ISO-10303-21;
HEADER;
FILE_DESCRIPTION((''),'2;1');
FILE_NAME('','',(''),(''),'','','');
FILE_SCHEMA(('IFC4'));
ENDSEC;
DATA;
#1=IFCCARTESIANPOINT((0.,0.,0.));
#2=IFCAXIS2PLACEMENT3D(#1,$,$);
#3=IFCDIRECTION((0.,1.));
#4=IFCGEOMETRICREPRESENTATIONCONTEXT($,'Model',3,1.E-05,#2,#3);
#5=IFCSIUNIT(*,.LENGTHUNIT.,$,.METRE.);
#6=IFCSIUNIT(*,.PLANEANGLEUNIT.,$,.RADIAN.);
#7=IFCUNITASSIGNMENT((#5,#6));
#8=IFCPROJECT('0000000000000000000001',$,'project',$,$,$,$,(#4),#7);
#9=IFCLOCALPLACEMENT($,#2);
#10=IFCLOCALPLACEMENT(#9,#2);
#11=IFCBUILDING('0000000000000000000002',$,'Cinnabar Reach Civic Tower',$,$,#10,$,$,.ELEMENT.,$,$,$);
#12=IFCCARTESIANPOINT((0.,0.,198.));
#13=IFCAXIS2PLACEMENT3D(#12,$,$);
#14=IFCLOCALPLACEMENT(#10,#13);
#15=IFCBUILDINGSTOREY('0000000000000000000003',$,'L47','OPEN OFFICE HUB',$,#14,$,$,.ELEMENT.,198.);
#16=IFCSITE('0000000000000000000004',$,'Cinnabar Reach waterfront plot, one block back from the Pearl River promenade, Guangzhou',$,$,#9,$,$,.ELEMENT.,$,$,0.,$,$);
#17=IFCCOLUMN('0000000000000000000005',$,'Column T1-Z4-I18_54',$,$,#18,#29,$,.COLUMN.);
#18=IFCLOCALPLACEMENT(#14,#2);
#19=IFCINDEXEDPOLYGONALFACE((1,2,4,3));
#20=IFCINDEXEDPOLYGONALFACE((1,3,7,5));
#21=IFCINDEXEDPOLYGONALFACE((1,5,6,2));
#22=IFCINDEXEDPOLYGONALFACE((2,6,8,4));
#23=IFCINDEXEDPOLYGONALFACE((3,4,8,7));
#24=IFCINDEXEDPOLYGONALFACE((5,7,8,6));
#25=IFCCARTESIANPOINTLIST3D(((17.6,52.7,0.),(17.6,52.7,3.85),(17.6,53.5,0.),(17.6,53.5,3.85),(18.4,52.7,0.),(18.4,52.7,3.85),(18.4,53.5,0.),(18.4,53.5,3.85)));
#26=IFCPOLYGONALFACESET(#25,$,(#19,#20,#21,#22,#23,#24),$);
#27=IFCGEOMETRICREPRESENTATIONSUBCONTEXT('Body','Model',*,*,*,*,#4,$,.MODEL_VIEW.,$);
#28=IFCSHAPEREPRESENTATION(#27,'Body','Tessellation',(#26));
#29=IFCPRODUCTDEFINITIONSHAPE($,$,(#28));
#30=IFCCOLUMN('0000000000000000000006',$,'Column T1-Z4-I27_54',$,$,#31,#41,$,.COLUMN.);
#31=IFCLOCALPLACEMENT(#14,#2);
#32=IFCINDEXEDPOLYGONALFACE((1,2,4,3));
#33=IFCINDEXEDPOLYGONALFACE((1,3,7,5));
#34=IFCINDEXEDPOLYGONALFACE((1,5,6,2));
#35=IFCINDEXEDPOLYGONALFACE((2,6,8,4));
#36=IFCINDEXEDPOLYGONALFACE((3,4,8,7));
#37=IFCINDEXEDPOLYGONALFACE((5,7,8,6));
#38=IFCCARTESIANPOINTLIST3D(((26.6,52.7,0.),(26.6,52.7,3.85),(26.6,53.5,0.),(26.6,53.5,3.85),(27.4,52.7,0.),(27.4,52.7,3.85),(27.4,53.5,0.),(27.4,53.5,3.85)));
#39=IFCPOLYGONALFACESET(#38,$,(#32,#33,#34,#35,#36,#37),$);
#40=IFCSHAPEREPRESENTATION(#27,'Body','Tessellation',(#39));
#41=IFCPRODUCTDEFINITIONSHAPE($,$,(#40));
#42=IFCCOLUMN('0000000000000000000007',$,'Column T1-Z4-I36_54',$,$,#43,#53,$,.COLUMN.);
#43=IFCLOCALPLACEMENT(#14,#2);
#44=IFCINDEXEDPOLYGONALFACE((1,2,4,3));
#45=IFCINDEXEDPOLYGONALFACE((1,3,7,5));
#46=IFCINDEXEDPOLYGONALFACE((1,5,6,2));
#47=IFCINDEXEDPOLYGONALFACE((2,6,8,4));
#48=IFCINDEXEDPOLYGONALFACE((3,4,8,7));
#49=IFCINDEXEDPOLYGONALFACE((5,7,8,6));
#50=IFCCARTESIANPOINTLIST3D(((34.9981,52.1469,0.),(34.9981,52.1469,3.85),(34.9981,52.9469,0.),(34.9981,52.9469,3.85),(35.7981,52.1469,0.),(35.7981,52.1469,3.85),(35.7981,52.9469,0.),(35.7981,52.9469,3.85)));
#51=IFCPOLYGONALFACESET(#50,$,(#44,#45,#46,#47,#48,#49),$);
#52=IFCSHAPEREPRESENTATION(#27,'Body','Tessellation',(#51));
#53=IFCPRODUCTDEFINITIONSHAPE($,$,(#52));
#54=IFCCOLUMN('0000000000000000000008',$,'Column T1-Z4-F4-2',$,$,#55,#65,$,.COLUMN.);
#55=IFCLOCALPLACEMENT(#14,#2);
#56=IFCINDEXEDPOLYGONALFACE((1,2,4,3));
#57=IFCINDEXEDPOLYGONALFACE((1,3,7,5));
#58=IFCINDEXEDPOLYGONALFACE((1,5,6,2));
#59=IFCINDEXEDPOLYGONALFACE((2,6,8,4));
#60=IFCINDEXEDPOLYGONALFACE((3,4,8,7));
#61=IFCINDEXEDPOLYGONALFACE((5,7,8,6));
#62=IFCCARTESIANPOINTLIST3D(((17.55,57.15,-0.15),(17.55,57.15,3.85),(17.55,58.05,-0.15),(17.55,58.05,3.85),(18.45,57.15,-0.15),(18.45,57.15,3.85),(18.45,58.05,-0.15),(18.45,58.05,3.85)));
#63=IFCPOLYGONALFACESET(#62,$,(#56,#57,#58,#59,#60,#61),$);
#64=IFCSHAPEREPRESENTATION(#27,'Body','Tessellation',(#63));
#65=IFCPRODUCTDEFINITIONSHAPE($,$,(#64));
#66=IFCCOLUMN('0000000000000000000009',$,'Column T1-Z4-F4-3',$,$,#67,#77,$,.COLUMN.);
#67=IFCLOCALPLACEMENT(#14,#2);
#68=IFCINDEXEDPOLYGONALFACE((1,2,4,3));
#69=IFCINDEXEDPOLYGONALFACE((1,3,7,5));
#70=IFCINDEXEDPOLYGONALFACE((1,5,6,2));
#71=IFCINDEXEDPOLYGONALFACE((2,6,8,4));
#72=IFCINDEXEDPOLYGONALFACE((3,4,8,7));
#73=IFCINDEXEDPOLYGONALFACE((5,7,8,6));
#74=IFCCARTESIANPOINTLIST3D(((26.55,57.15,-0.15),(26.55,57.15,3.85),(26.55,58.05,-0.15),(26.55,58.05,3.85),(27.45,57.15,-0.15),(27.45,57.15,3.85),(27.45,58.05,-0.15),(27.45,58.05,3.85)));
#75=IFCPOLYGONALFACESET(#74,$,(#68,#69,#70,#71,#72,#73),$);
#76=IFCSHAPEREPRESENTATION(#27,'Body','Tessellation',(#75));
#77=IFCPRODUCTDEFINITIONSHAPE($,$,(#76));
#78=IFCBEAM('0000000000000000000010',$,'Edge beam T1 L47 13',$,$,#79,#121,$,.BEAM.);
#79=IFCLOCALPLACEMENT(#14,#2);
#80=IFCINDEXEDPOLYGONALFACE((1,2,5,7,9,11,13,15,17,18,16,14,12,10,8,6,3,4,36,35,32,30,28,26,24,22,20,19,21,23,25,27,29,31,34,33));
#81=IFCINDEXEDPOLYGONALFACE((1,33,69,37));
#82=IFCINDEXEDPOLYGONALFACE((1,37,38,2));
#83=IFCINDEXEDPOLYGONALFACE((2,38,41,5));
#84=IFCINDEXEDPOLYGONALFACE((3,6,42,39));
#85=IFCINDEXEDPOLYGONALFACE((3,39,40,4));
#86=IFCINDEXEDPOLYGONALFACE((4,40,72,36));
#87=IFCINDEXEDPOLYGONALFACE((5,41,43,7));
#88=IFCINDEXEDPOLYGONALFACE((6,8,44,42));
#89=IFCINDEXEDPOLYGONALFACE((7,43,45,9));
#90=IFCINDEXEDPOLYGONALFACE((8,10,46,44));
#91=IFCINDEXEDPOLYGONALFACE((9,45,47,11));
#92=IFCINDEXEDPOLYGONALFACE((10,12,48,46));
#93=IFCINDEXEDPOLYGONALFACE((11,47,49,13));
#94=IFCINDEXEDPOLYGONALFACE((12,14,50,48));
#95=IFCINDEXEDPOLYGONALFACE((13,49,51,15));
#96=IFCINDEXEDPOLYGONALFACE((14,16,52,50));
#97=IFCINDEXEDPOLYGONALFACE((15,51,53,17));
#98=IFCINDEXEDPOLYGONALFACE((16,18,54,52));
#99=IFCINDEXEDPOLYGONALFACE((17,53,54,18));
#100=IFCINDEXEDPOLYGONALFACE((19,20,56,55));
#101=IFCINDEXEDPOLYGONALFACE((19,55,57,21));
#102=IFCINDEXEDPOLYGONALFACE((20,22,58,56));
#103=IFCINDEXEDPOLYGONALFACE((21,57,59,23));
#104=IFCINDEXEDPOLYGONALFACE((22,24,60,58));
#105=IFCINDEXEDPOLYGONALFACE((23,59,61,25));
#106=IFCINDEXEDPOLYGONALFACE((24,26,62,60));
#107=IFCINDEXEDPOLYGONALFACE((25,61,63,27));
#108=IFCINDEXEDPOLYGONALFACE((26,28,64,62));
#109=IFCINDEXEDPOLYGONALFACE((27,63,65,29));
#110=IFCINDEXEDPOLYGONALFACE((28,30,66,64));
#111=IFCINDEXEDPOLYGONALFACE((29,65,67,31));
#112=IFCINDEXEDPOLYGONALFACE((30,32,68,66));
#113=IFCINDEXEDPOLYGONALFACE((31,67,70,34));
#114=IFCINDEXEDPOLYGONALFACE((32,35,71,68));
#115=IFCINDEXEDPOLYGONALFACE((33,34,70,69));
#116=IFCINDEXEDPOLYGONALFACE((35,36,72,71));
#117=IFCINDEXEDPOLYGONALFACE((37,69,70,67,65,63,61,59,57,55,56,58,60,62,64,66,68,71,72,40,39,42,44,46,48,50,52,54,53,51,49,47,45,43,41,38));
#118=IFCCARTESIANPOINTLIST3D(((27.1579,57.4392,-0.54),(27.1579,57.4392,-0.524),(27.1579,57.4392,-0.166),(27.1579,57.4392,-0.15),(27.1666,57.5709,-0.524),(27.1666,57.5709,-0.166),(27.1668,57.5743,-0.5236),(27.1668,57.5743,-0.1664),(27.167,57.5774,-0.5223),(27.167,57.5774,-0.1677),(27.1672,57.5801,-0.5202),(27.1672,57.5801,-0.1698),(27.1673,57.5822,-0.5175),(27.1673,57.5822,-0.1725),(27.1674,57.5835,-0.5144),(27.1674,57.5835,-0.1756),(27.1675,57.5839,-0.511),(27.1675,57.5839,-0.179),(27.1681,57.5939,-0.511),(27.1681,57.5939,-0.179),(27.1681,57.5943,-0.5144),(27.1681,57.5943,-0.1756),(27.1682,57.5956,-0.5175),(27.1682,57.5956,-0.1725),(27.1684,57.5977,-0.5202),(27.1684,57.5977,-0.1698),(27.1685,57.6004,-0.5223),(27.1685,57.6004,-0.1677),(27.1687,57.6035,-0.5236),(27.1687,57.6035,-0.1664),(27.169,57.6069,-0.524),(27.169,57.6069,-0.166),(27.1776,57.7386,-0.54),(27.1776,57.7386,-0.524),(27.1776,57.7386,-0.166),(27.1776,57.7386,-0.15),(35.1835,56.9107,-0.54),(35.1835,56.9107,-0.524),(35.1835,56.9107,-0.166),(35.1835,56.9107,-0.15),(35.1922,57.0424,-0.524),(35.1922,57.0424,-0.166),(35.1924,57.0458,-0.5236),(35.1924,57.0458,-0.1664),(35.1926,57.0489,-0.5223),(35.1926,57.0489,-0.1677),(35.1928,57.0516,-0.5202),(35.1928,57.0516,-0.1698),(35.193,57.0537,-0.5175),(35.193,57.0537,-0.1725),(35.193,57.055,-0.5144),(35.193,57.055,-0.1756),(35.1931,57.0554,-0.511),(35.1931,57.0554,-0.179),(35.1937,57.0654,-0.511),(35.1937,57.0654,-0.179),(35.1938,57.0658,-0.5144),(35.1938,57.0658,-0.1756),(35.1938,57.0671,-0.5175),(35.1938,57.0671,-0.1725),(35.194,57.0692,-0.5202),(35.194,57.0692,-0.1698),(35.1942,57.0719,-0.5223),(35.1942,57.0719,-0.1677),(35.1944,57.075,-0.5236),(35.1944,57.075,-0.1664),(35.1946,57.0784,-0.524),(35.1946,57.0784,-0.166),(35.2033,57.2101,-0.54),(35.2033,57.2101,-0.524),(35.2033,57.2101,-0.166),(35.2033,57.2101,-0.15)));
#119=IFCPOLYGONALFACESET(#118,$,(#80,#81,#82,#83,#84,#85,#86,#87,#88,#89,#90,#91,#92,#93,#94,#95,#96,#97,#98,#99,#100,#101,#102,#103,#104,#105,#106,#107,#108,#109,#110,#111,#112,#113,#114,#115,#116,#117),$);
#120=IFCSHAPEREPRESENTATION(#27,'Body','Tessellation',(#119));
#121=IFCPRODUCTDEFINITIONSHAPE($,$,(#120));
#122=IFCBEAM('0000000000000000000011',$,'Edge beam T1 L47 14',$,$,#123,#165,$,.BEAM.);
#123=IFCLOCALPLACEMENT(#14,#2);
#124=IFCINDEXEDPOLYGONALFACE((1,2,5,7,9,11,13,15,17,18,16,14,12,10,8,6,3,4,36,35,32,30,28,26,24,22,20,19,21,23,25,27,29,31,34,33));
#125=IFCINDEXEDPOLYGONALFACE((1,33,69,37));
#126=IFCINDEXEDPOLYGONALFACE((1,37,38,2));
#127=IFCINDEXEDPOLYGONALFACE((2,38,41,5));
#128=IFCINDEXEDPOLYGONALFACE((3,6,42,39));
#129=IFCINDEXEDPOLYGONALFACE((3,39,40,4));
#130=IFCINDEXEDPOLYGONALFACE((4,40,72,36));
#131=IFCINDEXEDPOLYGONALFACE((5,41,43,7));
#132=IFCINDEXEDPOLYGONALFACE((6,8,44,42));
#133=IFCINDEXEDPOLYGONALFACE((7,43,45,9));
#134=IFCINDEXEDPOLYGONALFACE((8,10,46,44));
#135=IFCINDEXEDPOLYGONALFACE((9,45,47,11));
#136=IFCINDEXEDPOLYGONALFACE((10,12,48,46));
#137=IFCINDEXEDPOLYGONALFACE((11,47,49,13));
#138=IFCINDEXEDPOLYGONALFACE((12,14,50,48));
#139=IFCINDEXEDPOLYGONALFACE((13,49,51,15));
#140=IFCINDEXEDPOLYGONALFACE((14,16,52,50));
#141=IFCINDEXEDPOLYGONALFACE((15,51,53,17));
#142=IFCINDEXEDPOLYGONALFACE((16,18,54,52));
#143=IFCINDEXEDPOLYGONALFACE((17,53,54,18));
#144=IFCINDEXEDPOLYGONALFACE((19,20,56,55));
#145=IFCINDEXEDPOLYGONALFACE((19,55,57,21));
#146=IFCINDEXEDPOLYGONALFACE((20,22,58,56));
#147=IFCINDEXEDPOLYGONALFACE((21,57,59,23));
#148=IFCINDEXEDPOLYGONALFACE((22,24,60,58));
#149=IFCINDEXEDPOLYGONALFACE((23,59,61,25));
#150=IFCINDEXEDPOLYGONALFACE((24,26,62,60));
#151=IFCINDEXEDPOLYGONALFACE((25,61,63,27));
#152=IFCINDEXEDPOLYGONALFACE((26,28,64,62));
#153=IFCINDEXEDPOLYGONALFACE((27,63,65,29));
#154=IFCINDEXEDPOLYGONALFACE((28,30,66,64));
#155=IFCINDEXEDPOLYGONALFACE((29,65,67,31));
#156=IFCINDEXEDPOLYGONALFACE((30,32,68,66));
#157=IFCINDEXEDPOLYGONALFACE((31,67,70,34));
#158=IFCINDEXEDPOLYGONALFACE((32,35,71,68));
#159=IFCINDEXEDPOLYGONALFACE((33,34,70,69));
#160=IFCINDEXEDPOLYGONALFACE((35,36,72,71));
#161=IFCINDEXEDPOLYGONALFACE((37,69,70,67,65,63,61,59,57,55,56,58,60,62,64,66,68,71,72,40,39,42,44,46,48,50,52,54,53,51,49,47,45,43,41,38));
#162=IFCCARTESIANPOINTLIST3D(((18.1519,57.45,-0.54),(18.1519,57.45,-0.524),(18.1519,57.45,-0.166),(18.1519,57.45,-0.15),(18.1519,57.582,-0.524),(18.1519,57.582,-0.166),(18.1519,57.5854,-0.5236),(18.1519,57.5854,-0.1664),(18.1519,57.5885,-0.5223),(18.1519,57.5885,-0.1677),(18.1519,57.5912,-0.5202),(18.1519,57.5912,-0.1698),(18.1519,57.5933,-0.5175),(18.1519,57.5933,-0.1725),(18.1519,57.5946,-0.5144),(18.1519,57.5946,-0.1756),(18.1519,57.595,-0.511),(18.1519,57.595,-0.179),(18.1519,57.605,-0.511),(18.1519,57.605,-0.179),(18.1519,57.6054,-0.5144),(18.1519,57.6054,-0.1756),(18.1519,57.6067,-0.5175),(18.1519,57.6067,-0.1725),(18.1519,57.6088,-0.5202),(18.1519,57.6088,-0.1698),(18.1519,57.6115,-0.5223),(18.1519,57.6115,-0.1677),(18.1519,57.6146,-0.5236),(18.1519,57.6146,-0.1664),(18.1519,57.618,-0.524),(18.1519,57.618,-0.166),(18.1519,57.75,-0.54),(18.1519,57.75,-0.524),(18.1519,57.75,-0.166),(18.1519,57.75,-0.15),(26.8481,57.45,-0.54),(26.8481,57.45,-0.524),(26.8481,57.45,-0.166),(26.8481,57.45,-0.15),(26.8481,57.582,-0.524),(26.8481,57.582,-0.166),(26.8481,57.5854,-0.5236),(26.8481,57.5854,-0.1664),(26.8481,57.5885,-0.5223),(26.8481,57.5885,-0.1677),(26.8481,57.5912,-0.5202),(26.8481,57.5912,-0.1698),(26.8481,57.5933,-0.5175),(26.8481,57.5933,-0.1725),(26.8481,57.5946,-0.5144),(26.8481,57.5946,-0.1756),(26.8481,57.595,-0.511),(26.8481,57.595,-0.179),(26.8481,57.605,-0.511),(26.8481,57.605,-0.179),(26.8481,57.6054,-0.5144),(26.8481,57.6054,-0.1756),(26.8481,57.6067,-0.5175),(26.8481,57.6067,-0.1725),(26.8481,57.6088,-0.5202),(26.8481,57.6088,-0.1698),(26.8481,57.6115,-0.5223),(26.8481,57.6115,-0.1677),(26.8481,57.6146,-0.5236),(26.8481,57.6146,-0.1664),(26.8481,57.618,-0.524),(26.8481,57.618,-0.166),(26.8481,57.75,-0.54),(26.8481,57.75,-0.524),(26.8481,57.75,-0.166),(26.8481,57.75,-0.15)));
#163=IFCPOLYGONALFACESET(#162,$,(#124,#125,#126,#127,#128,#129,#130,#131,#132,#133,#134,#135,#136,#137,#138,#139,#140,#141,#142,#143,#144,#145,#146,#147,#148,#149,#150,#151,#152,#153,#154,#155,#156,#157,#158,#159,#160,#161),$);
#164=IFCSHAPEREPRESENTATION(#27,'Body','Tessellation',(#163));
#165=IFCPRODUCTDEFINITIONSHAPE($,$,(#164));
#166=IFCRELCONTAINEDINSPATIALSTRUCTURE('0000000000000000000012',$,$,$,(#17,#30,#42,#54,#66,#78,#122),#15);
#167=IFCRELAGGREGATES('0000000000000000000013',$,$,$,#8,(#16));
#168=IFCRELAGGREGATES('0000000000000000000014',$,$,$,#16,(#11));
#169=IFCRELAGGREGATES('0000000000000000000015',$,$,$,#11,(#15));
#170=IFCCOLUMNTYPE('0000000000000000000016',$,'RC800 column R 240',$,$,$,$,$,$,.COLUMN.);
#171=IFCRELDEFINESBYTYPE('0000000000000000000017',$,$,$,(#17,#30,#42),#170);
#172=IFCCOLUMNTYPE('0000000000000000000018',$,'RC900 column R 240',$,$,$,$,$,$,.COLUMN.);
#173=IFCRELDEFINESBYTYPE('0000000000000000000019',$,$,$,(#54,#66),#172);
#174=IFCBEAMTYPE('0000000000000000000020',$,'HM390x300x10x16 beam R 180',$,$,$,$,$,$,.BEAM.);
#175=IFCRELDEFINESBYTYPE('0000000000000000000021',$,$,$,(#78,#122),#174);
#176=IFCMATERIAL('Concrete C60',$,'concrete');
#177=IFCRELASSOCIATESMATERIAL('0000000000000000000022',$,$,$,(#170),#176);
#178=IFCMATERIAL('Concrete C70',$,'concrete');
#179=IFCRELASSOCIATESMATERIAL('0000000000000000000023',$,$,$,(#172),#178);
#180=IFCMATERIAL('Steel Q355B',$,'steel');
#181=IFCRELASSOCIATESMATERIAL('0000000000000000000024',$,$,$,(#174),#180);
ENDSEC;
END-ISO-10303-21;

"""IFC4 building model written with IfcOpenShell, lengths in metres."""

from ifc_helpers import new_model, si_unit, direction, frame, origin, origin_2d, place, context, subcontext, project, spatial, rectangle, i_section, extrude, material, material_profile, profile_set, type_object, element, save


model = new_model("IFC4")

# Units and contexts
model_context = context("Model", 3, precision=1e-05, world=origin(), true_north=direction((0.0, 1.0)))
body_context = subcontext(model_context, "Body", "Model", "MODEL_VIEW")
ifc_project = project(units=[si_unit("LENGTHUNIT", "METRE"), si_unit("PLANEANGLEUNIT", "RADIAN")], contexts=[model_context])

# Site, building, storey
site_placement = place(None, origin())
site = spatial("IfcSite", under=ifc_project, at=site_placement, Name="Cinnabar Reach waterfront plot, one block back from the Pearl River promenade, Guangzhou", CompositionType="ELEMENT", RefElevation=0.0)
building_placement = place(site_placement, origin())
building = spatial("IfcBuilding", under=site, at=building_placement, Name="Cinnabar Reach Civic Tower", CompositionType="ELEMENT")
storey_placement = place(building_placement, frame((0.0, 0.0, 198.0)))
storey = spatial("IfcBuildingStorey", under=building, at=storey_placement, Name="L47", Description="OPEN OFFICE HUB", CompositionType="ELEMENT", Elevation=198.0)

# Columns
ifc_material_1 = material(Name="Concrete C60", Category="concrete")
ifc_material_profile_1 = material_profile(ifc_material_1, rectangle(XDim=0.8, YDim=0.8, at=origin_2d()), Name="RC800")
ifc_profile_set_1 = profile_set([ifc_material_profile_1], Name="Concrete C60")
column_type_1 = type_object("IfcColumnType", Name="RC800 column R 240", PredefinedType="COLUMN", material=ifc_profile_set_1)
for number, where, z_axis, x_axis, name in (
    (1, (18.0, 53.1, 0.0), (0.0, 0.0, 1.0), (1.0, 0.0, 0.0), "Column T1-Z4-I18_54"),
    (2, (27.0, 53.1, 0.0), (0.0, 0.0, 1.0), (1.0, 0.0, 0.0), "Column T1-Z4-I27_54"),
    (3, (35.3981, 52.5469, 0.0), (0.0, 0.0, 1.0), (1.0, 0.0, 0.0), "Column T1-Z4-I36_54"),
):
    element("IfcColumn", number, at=place(storey_placement, frame(where, z_axis=z_axis, x_axis=x_axis)), inside=storey, type_object=column_type_1, Name=name, PredefinedType="COLUMN", context=body_context, shape_type="SweptSolid", body=[
        extrude(rectangle(XDim=0.8, YDim=0.8, at=origin_2d()), origin(), (0.0, 0.0, 1.0), 3.85),
    ])
ifc_material_2 = material(Name="Concrete C70", Category="concrete")
ifc_material_profile_2 = material_profile(ifc_material_2, rectangle(XDim=0.9, YDim=0.9, at=origin_2d()), Name="RC900")
ifc_profile_set_2 = profile_set([ifc_material_profile_2], Name="Concrete C70")
column_type_2 = type_object("IfcColumnType", Name="RC900 column R 240", PredefinedType="COLUMN", material=ifc_profile_set_2)
for number, where, z_axis, x_axis, name in (
    (4, (18.0, 57.6, -0.15), (0.0, 0.0, 1.0), (1.0, 0.0, 0.0), "Column T1-Z4-F4-2"),
    (5, (27.0, 57.6, -0.15), (0.0, 0.0, 1.0), (1.0, 0.0, 0.0), "Column T1-Z4-F4-3"),
):
    element("IfcColumn", number, at=place(storey_placement, frame(where, z_axis=z_axis, x_axis=x_axis)), inside=storey, type_object=column_type_2, Name=name, PredefinedType="COLUMN", context=body_context, shape_type="SweptSolid", body=[
        extrude(rectangle(XDim=0.9, YDim=0.9, at=origin_2d()), origin(), (0.0, 0.0, 1.0), 4.0),
    ])

# Beams
ifc_material_3 = material(Name="Steel Q355B", Category="steel")
ifc_material_profile_3 = material_profile(ifc_material_3, i_section(OverallWidth=0.3, OverallDepth=0.39, WebThickness=0.01, FlangeThickness=0.016, FilletRadius=0.013, at=origin_2d()), Name="HM390x300x10x16")
ifc_profile_set_3 = profile_set([ifc_material_profile_3], Name="Steel Q355B")
beam_type_1 = type_object("IfcBeamType", Name="HM390x300x10x16 beam R 180", PredefinedType="BEAM", material=ifc_profile_set_3)
beam_1_placement = place(storey_placement, frame((35.1934, 57.0604, -0.345), z_axis=(-0.997839, 0.065709, 0.0), x_axis=(-0.065709, -0.997839, 0.0)))
element("IfcBeam", 6, at=beam_1_placement, inside=storey, type_object=beam_type_1, Name="Edge beam T1 L47 13", PredefinedType="BEAM", context=body_context, shape_type="SweptSolid", body=[
    extrude(i_section(OverallWidth=0.3, OverallDepth=0.39, WebThickness=0.01, FlangeThickness=0.016, FilletRadius=0.013, at=origin_2d()), origin(), (0.0, 0.0, 1.0), 8.043),
])
beam_2_placement = place(storey_placement, frame((26.8481, 57.6, -0.345), z_axis=(-1.0, 0.0, 0.0), x_axis=(0.0, -1.0, 0.0)))
element("IfcBeam", 7, at=beam_2_placement, inside=storey, type_object=beam_type_1, Name="Edge beam T1 L47 14", PredefinedType="BEAM", context=body_context, shape_type="SweptSolid", body=[
    extrude(i_section(OverallWidth=0.3, OverallDepth=0.39, WebThickness=0.01, FlangeThickness=0.016, FilletRadius=0.013, at=origin_2d()), origin(), (0.0, 0.0, 1.0), 8.6962),
])

save(model, "model.ifc")
